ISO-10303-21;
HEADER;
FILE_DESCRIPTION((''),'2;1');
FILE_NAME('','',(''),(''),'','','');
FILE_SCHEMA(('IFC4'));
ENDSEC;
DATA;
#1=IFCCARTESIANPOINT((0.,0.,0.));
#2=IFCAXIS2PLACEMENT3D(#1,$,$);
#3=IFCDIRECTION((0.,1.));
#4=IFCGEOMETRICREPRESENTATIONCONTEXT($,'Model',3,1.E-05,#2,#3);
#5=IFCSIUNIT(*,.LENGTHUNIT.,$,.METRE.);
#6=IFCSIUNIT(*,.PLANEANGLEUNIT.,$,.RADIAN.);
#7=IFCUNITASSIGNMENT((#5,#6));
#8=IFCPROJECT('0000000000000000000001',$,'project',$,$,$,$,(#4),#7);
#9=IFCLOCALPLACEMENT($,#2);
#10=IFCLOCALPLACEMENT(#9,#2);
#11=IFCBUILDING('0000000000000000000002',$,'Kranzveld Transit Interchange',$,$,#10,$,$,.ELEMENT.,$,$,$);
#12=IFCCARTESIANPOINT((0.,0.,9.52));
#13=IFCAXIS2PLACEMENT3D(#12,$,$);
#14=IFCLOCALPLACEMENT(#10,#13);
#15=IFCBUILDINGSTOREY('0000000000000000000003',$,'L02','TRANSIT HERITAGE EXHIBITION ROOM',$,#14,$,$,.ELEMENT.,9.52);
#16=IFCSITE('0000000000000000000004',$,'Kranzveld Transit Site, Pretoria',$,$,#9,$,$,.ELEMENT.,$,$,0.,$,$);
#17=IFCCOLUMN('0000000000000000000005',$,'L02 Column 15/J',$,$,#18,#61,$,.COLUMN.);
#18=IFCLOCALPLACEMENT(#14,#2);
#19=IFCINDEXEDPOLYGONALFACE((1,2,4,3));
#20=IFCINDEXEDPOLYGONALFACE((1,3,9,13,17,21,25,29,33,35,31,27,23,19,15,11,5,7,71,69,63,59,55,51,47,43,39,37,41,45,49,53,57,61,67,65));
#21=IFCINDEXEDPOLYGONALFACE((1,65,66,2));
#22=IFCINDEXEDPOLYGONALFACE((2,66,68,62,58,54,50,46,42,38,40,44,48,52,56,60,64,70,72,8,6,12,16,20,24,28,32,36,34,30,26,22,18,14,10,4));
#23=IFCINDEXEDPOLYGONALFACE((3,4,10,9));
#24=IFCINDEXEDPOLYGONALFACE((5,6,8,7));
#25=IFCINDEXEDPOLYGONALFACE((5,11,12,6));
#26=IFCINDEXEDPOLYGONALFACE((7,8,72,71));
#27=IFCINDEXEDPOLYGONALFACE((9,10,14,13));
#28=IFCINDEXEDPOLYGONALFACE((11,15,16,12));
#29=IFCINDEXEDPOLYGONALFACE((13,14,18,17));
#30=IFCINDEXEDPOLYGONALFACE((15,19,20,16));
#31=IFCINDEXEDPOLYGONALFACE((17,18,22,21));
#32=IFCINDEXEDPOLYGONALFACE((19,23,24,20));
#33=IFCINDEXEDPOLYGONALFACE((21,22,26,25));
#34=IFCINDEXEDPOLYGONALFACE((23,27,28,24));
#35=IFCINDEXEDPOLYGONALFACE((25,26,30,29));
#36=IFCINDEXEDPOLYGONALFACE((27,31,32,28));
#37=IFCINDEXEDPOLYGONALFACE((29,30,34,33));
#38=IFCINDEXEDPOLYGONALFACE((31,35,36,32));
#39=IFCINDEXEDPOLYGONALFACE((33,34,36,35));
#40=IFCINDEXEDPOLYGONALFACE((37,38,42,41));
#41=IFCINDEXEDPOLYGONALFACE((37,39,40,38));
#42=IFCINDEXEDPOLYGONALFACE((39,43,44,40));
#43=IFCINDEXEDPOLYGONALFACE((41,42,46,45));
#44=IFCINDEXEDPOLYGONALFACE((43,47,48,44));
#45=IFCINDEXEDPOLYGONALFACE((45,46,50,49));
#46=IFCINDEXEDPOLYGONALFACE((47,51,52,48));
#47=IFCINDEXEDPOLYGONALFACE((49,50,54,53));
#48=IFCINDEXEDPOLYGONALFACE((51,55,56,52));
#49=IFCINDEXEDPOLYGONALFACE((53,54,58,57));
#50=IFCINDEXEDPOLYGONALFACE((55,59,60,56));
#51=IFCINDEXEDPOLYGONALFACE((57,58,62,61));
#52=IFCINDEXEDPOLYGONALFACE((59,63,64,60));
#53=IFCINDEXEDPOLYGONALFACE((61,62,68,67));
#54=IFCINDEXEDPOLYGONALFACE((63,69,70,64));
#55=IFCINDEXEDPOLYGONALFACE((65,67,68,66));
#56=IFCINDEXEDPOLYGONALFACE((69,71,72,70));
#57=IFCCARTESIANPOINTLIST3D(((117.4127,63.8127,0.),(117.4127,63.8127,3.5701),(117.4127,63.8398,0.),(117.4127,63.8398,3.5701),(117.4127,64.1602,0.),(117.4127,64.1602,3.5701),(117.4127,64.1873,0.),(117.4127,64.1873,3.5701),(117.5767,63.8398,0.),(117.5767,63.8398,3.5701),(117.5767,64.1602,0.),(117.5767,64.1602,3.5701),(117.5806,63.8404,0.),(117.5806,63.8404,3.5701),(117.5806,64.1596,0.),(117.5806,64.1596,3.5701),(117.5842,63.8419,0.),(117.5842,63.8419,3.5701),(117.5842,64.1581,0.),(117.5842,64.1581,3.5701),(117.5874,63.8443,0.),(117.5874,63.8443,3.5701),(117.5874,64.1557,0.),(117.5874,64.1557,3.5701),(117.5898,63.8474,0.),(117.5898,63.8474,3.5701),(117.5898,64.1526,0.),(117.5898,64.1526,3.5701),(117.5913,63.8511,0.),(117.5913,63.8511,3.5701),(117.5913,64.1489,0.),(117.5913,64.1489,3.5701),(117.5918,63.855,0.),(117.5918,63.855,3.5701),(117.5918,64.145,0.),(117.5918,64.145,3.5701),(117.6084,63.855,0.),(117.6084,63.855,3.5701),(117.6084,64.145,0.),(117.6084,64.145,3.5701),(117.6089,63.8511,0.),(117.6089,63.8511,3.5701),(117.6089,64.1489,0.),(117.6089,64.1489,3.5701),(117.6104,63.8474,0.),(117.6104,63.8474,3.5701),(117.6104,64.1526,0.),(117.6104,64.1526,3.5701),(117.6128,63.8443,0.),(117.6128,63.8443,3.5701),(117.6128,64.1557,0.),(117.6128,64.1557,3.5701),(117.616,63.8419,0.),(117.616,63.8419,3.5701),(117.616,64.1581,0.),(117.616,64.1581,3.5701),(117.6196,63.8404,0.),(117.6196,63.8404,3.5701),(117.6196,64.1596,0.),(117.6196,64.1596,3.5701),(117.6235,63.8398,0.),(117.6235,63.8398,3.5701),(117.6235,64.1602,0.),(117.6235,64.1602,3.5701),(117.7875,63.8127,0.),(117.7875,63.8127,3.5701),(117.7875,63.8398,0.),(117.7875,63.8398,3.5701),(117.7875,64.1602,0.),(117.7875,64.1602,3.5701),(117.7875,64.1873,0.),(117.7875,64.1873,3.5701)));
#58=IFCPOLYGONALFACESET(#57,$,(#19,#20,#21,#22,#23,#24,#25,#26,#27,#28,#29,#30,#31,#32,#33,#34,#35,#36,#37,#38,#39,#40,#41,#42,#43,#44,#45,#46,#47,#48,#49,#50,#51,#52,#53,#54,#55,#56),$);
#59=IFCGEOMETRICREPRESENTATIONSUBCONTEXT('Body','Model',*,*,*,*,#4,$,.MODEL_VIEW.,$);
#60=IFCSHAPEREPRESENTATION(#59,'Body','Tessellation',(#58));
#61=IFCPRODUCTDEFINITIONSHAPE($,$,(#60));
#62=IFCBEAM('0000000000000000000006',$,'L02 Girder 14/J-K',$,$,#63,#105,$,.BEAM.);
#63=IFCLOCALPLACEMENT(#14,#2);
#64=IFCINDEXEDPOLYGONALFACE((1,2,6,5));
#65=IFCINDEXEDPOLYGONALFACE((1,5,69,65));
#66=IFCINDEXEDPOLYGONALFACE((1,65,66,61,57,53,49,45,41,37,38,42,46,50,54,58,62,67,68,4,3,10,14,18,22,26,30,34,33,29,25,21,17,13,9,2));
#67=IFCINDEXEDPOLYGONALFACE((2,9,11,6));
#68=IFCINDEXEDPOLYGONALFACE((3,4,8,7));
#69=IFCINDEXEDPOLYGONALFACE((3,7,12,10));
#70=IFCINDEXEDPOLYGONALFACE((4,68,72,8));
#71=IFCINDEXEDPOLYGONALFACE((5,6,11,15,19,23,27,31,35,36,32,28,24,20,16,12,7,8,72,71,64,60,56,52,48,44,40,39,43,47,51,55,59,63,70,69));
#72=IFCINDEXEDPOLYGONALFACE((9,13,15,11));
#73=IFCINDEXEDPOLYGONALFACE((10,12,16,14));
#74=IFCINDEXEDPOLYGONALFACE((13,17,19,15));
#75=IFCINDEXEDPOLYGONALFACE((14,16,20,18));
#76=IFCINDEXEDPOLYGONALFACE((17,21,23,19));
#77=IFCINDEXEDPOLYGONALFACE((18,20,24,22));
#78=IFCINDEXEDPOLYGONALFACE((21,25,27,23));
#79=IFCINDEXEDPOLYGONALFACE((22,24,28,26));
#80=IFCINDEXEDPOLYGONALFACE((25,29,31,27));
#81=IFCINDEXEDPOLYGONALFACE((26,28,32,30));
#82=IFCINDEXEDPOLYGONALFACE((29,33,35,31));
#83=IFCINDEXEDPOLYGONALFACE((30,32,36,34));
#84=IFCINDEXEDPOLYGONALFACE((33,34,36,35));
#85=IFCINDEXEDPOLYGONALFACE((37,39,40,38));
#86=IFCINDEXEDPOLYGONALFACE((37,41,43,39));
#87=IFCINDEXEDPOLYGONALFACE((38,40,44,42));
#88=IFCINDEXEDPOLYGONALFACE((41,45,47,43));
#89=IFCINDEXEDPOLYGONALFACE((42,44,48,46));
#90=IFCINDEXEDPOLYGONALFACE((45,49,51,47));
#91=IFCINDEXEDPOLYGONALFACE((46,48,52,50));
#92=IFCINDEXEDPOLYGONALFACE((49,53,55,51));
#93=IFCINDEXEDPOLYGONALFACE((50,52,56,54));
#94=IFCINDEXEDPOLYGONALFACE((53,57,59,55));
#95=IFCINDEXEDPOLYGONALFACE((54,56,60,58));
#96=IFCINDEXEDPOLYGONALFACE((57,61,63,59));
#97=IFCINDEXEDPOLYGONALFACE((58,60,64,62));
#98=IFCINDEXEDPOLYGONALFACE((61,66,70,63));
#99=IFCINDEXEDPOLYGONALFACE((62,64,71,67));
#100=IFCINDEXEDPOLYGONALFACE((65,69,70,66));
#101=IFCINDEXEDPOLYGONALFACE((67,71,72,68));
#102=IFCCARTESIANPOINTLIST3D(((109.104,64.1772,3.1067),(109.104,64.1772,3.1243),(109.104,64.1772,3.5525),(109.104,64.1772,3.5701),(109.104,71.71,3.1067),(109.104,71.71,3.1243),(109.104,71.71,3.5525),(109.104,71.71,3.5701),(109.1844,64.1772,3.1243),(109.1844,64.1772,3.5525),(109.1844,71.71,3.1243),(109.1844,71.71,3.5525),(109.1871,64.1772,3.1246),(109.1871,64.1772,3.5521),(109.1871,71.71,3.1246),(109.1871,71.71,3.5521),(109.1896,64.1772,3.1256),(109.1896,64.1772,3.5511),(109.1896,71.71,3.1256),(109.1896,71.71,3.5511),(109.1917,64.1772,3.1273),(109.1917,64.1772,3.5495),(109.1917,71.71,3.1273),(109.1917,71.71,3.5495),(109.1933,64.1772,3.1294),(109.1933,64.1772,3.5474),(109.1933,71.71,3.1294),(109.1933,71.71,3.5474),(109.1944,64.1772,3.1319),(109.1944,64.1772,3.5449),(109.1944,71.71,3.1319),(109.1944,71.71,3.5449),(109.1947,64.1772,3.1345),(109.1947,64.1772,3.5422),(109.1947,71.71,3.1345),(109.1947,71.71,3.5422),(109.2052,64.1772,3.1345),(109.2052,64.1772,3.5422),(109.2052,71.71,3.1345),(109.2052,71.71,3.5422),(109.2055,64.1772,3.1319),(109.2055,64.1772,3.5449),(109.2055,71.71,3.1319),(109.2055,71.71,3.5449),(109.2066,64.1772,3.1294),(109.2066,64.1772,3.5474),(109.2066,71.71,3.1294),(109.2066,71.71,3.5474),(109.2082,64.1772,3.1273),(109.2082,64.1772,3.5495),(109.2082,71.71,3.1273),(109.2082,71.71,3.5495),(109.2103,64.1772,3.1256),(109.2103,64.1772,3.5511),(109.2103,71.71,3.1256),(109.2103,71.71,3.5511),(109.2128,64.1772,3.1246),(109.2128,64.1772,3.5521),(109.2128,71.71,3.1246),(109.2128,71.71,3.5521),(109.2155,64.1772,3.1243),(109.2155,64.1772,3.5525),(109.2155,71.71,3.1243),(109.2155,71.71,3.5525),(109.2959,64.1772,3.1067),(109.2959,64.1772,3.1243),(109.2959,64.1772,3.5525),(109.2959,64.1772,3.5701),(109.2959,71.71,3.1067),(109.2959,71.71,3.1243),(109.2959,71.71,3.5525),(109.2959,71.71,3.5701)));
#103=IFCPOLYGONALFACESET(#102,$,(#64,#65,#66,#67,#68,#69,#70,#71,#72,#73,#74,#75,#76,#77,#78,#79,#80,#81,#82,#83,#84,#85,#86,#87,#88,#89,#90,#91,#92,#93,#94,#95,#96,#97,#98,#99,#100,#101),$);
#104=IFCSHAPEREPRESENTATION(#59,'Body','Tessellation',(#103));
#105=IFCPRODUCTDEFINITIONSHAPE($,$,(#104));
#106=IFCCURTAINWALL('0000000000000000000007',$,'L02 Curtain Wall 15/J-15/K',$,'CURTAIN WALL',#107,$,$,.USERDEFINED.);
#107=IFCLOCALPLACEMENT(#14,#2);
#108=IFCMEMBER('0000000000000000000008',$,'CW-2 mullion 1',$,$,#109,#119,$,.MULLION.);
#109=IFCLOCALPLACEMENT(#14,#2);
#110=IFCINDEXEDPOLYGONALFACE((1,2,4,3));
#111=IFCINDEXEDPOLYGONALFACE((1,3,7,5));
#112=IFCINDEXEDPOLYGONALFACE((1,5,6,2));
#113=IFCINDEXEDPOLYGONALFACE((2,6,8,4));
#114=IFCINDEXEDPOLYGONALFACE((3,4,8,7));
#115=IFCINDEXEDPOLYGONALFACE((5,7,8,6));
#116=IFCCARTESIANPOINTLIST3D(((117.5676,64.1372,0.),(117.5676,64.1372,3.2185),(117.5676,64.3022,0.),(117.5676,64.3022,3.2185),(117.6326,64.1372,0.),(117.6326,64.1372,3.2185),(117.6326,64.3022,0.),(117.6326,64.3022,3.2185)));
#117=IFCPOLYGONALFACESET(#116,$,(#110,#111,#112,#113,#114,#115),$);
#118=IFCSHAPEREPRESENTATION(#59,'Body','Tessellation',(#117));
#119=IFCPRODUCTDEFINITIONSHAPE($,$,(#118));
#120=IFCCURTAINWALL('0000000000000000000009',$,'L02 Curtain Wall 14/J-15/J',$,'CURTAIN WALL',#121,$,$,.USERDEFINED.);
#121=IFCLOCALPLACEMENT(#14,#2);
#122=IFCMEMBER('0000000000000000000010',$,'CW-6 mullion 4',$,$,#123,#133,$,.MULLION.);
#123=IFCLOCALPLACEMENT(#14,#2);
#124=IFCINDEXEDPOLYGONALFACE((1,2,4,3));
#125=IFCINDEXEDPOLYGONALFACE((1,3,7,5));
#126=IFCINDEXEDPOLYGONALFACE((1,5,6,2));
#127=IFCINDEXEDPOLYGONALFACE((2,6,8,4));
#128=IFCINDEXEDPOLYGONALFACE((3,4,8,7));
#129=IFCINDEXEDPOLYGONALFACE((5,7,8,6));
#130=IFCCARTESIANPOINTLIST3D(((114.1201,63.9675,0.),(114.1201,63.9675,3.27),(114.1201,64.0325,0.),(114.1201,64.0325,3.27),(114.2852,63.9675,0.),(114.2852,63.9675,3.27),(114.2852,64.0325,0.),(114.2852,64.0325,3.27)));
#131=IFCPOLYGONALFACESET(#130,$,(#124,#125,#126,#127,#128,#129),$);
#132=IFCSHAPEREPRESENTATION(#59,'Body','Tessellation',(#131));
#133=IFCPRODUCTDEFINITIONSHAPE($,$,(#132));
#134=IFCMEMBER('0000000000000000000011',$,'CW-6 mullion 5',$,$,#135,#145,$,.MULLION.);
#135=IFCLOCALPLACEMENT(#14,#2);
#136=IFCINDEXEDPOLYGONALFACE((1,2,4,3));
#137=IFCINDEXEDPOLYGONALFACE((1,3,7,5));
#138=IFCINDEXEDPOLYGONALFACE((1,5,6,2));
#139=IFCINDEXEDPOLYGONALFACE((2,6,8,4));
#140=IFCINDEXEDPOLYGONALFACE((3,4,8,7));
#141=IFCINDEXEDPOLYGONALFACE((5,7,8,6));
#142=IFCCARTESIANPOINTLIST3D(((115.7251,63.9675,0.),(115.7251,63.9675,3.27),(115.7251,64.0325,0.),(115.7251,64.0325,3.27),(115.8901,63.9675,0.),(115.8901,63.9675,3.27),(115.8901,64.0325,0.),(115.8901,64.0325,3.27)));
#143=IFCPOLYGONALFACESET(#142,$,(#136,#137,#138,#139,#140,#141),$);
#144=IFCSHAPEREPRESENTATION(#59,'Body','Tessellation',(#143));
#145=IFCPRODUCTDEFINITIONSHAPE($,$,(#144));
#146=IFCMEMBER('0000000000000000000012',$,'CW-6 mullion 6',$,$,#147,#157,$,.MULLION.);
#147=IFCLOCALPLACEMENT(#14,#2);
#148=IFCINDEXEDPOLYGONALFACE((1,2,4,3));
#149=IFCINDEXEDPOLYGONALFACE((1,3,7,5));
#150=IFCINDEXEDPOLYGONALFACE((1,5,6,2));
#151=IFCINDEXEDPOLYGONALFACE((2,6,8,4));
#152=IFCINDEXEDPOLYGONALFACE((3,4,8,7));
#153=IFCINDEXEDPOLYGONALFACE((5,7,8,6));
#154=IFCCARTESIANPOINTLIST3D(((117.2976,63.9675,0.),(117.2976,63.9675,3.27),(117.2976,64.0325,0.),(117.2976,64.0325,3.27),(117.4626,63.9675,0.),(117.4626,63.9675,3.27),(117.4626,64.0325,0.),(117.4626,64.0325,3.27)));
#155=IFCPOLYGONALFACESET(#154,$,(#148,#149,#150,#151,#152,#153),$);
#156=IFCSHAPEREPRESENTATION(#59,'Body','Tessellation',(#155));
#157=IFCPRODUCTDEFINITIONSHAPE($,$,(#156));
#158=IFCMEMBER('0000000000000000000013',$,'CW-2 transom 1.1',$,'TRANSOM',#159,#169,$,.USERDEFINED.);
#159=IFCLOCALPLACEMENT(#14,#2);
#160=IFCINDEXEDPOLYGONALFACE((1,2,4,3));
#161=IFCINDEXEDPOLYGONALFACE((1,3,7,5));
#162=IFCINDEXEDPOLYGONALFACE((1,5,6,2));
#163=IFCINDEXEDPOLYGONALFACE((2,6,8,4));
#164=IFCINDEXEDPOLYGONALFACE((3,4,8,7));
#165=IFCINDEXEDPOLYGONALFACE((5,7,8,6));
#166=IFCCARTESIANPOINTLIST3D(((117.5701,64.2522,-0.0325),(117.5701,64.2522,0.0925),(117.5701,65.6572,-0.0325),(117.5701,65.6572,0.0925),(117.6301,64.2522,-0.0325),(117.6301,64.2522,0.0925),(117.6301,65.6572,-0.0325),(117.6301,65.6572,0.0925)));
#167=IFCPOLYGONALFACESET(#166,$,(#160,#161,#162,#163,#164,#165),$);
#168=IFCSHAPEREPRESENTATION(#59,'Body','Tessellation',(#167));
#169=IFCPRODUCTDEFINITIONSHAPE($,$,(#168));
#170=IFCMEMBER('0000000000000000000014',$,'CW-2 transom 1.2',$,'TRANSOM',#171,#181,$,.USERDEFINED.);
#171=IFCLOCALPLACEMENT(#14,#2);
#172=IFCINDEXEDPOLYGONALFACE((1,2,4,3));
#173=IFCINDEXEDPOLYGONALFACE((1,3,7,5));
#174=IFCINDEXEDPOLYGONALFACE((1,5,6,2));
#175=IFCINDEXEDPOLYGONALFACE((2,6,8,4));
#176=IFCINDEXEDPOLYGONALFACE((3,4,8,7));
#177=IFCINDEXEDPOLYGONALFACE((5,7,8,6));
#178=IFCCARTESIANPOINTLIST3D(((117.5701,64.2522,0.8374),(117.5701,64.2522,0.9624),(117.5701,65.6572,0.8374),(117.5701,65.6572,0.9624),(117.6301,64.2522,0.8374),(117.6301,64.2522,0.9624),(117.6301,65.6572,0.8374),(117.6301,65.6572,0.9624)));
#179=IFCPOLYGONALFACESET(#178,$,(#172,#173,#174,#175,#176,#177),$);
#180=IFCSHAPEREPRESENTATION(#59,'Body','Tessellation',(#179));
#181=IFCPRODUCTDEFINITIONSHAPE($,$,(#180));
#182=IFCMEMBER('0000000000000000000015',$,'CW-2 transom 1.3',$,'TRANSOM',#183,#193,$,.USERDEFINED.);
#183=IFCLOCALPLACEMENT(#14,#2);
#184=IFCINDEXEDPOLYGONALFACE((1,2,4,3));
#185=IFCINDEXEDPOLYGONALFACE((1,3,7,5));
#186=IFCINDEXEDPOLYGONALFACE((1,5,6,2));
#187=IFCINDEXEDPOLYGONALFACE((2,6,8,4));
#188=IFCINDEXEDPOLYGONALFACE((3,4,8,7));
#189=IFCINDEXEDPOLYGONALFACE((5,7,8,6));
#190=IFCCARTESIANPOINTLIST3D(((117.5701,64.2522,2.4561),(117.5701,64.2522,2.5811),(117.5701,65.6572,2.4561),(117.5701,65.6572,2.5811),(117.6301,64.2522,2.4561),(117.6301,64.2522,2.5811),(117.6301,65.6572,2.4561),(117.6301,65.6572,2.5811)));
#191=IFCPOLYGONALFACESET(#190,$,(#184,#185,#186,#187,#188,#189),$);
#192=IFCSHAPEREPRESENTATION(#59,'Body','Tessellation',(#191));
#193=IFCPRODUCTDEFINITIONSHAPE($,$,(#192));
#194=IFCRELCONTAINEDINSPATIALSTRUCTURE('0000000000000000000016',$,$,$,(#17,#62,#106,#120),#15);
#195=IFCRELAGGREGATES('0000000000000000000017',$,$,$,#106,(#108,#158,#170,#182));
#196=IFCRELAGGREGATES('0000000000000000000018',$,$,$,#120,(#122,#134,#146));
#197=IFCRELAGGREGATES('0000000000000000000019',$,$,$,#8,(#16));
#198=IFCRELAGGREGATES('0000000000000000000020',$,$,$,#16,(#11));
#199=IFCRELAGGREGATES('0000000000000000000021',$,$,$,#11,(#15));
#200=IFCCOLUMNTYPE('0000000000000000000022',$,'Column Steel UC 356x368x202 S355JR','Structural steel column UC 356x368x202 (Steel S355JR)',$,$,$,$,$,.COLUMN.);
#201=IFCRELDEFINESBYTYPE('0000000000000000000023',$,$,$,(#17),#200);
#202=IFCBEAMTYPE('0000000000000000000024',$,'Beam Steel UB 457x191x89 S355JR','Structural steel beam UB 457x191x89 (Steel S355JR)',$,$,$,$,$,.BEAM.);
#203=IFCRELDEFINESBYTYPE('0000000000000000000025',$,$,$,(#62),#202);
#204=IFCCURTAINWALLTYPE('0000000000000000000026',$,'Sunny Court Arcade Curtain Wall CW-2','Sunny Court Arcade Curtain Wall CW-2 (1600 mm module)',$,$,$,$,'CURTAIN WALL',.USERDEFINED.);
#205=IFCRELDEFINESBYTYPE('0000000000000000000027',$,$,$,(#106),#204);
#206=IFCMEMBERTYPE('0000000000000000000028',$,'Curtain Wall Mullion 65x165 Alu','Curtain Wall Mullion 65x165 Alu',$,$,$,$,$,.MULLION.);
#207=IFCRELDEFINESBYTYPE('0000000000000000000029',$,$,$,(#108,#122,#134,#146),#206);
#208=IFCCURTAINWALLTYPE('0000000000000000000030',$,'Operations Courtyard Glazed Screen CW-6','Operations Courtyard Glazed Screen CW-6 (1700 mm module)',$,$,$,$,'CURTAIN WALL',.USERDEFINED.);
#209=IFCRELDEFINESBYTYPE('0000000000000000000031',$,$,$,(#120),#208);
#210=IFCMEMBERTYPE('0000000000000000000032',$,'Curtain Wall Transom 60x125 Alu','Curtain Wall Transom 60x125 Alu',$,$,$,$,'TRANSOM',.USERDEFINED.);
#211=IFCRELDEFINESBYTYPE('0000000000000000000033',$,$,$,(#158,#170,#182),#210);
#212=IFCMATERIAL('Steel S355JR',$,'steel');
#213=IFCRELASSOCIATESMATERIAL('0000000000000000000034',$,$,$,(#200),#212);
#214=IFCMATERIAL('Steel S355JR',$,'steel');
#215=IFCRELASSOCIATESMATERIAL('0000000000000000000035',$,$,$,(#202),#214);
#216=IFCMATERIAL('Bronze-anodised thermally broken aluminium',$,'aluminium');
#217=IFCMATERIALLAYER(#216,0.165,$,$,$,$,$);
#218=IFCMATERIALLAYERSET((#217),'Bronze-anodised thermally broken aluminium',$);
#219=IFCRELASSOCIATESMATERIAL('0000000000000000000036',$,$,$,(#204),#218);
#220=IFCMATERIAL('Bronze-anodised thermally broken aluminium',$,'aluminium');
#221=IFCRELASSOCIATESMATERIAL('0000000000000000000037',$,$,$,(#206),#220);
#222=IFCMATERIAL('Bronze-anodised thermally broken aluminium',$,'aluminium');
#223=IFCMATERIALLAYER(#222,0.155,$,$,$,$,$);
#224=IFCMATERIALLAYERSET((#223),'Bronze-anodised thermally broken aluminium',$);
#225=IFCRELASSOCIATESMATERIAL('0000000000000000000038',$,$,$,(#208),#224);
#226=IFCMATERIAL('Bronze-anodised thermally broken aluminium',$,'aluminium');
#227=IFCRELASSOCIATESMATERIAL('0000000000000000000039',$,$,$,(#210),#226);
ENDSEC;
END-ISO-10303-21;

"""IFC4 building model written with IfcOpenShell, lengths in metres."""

from ifc_helpers import new_model, si_unit, direction, frame, origin, origin_2d, place, context, subcontext, project, spatial, rectangle, i_section, extrude, material, layer, layer_set, material_profile, profile_set, type_object, element, aggregate, save


model = new_model("IFC4")

# Units and contexts
model_context = context("Model", 3, precision=1e-05, world=origin(), true_north=direction((0.0, 1.0)))
body_context = subcontext(model_context, "Body", "Model", "MODEL_VIEW")
ifc_project = project(units=[si_unit("LENGTHUNIT", "METRE"), si_unit("PLANEANGLEUNIT", "RADIAN")], contexts=[model_context])

# Site, building, storey
site_placement = place(None, origin())
site = spatial("IfcSite", under=ifc_project, at=site_placement, Name="Kranzveld Transit Site, Pretoria", CompositionType="ELEMENT", RefElevation=0.0)
building_placement = place(site_placement, origin())
building = spatial("IfcBuilding", under=site, at=building_placement, Name="Kranzveld Transit Interchange", CompositionType="ELEMENT")
storey_placement = place(building_placement, frame((0.0, 0.0, 9.52)))
storey = spatial("IfcBuildingStorey", under=building, at=storey_placement, Name="L02", Description="TRANSIT HERITAGE EXHIBITION ROOM", CompositionType="ELEMENT", Elevation=9.52)

# Column
ifc_material_1 = material(Name="Steel S355JR", Category="steel")
ifc_material_profile_1 = material_profile(ifc_material_1, i_section(OverallWidth=0.3748, OverallDepth=0.3745, WebThickness=0.0166, FlangeThickness=0.0271, FilletRadius=0.0151, at=origin_2d()), Name="UC 356x368x202")
ifc_profile_set_1 = profile_set([ifc_material_profile_1], Name="Steel S355JR")
column_type = type_object("IfcColumnType", Name="Column Steel UC 356x368x202 S355JR", Description="Structural steel column UC 356x368x202 (Steel S355JR)", PredefinedType="COLUMN", material=ifc_profile_set_1)
column_placement = place(storey_placement, frame((117.6001, 64.0, 0.0), z_axis=(0.0, 0.0, 1.0), x_axis=(1.0, 0.0, 0.0)))
element("IfcColumn", 1, at=column_placement, inside=storey, type_object=column_type, Name="L02 Column 15/J", PredefinedType="COLUMN", context=body_context, shape_type="SweptSolid", body=[
    extrude(i_section(OverallWidth=0.3748, OverallDepth=0.3745, WebThickness=0.0166, FlangeThickness=0.0271, FilletRadius=0.0151, at=origin_2d()), origin(), (0.0, 0.0, 1.0), 3.5701),
])

# Beam
ifc_material_2 = material(Name="Steel S355JR", Category="steel")
ifc_material_profile_2 = material_profile(ifc_material_2, i_section(OverallWidth=0.1919, OverallDepth=0.4634, WebThickness=0.0105, FlangeThickness=0.0176, FilletRadius=0.0103, at=origin_2d()), Name="UB 457x191x89")
ifc_profile_set_2 = profile_set([ifc_material_profile_2], Name="Steel S355JR")
beam_type_1 = type_object("IfcBeamType", Name="Beam Steel UB 457x191x89 S355JR", Description="Structural steel beam UB 457x191x89 (Steel S355JR)", PredefinedType="BEAM", material=ifc_profile_set_2)
beam_1_placement = place(storey_placement, frame((109.2, 64.1772, 3.3384), z_axis=(0.0, 1.0, 0.0), x_axis=(-1.0, 0.0, 0.0)))
element("IfcBeam", 2, at=beam_1_placement, inside=storey, type_object=beam_type_1, Name="L02 Girder 14/J-K", PredefinedType="BEAM", context=body_context, shape_type="SweptSolid", body=[
    extrude(i_section(OverallWidth=0.1919, OverallDepth=0.4634, WebThickness=0.0105, FlangeThickness=0.0176, FilletRadius=0.0103, at=origin_2d()), origin(), (0.0, 0.0, 1.0), 7.5327),
])

# Curtain wall, member
ifc_material_3 = material(Name="Bronze-anodised thermally broken aluminium", Category="aluminium")
ifc_layer_1 = layer(ifc_material_3, 0.165)
ifc_layer_set_1 = layer_set([ifc_layer_1], Name="Bronze-anodised thermally broken aluminium")
curtain_wall_type_1 = type_object("IfcCurtainWallType", Name="Sunny Court Arcade Curtain Wall CW-2", Description="Sunny Court Arcade Curtain Wall CW-2 (1600 mm module)", ElementType="CURTAIN WALL", PredefinedType="USERDEFINED", material=ifc_layer_set_1)
curtain_wall_1_placement = place(storey_placement, origin())
curtain_wall_1 = element("IfcCurtainWall", 3, at=curtain_wall_1_placement, inside=storey, type_object=curtain_wall_type_1, Name="L02 Curtain Wall 15/J-15/K", ObjectType="CURTAIN WALL", PredefinedType="USERDEFINED")
ifc_material_4 = material(Name="Bronze-anodised thermally broken aluminium", Category="aluminium")
ifc_material_profile_3 = material_profile(ifc_material_4, rectangle(XDim=0.0649, YDim=0.165, at=origin_2d()), Name="ALU MULLION 65x165")
ifc_profile_set_3 = profile_set([ifc_material_profile_3], Name="Bronze-anodised thermally broken aluminium")
member_type_1 = type_object("IfcMemberType", Name="Curtain Wall Mullion 65x165 Alu", Description="Curtain Wall Mullion 65x165 Alu", PredefinedType="MULLION", material=ifc_profile_set_3)
member_1_placement = place(storey_placement, frame((117.6001, 64.2197, 0.0), z_axis=(0.0, 0.0, 1.0), x_axis=(-1.0, 0.0, 0.0)))
member_1 = element("IfcMember", 4, at=member_1_placement, type_object=member_type_1, Name="CW-2 mullion 1", PredefinedType="MULLION", context=body_context, shape_type="SweptSolid", body=[
    extrude(rectangle(XDim=0.0649, YDim=0.165, at=origin_2d()), origin(), (0.0, 0.0, 1.0), 3.2185),
])

# Curtain wall, members
ifc_material_5 = material(Name="Bronze-anodised thermally broken aluminium", Category="aluminium")
ifc_layer_2 = layer(ifc_material_5, 0.155)
ifc_layer_set_2 = layer_set([ifc_layer_2], Name="Bronze-anodised thermally broken aluminium")
curtain_wall_type_2 = type_object("IfcCurtainWallType", Name="Operations Courtyard Glazed Screen CW-6", Description="Operations Courtyard Glazed Screen CW-6 (1700 mm module)", ElementType="CURTAIN WALL", PredefinedType="USERDEFINED", material=ifc_layer_set_2)
curtain_wall_2_placement = place(storey_placement, origin())
curtain_wall_2 = element("IfcCurtainWall", 5, at=curtain_wall_2_placement, inside=storey, type_object=curtain_wall_type_2, Name="L02 Curtain Wall 14/J-15/J", ObjectType="CURTAIN WALL", PredefinedType="USERDEFINED")
member_2_placement = place(storey_placement, frame((114.2026, 64.0, 0.0), z_axis=(0.0, 0.0, 1.0), x_axis=(0.0, 1.0, 0.0)))
member_2 = element("IfcMember", 6, at=member_2_placement, type_object=member_type_1, Name="CW-6 mullion 4", PredefinedType="MULLION", context=body_context, shape_type="SweptSolid", body=[
    extrude(rectangle(XDim=0.0649, YDim=0.165, at=origin_2d()), origin(), (0.0, 0.0, 1.0), 3.27),
])
member_3_placement = place(storey_placement, frame((115.8076, 64.0, 0.0), z_axis=(0.0, 0.0, 1.0), x_axis=(0.0, 1.0, 0.0)))
member_3 = element("IfcMember", 7, at=member_3_placement, type_object=member_type_1, Name="CW-6 mullion 5", PredefinedType="MULLION", context=body_context, shape_type="SweptSolid", body=[
    extrude(rectangle(XDim=0.0649, YDim=0.165, at=origin_2d()), origin(), (0.0, 0.0, 1.0), 3.27),
])
member_4_placement = place(storey_placement, frame((117.3801, 64.0, 0.0), z_axis=(0.0, 0.0, 1.0), x_axis=(0.0, 1.0, 0.0)))
member_4 = element("IfcMember", 8, at=member_4_placement, type_object=member_type_1, Name="CW-6 mullion 6", PredefinedType="MULLION", context=body_context, shape_type="SweptSolid", body=[
    extrude(rectangle(XDim=0.0649, YDim=0.165, at=origin_2d()), origin(), (0.0, 0.0, 1.0), 3.27),
])

# Members
ifc_material_6 = material(Name="Bronze-anodised thermally broken aluminium", Category="aluminium")
ifc_material_profile_4 = material_profile(ifc_material_6, rectangle(XDim=0.0601, YDim=0.125, at=origin_2d()), Name="ALU TRANSOM 60x125")
ifc_profile_set_4 = profile_set([ifc_material_profile_4], Name="Bronze-anodised thermally broken aluminium")
member_type_2 = type_object("IfcMemberType", Name="Curtain Wall Transom 60x125 Alu", Description="Curtain Wall Transom 60x125 Alu", ElementType="TRANSOM", PredefinedType="USERDEFINED", material=ifc_profile_set_4)
member_5_placement = place(storey_placement, frame((117.6001, 64.2522, 0.03), z_axis=(0.0, 1.0, 0.0), x_axis=(-1.0, 0.0, 0.0)))
member_5 = element("IfcMember", 9, at=member_5_placement, type_object=member_type_2, Name="CW-2 transom 1.1", ObjectType="TRANSOM", PredefinedType="USERDEFINED", context=body_context, shape_type="SweptSolid", body=[
    extrude(rectangle(XDim=0.0601, YDim=0.125, at=origin_2d()), origin(), (0.0, 0.0, 1.0), 1.405),
])
member_6_placement = place(storey_placement, frame((117.6001, 64.2522, 0.8999), z_axis=(0.0, 1.0, 0.0), x_axis=(-1.0, 0.0, 0.0)))
member_6 = element("IfcMember", 10, at=member_6_placement, type_object=member_type_2, Name="CW-2 transom 1.2", ObjectType="TRANSOM", PredefinedType="USERDEFINED", context=body_context, shape_type="SweptSolid", body=[
    extrude(rectangle(XDim=0.0601, YDim=0.125, at=origin_2d()), origin(), (0.0, 0.0, 1.0), 1.405),
])
member_7_placement = place(storey_placement, frame((117.6001, 64.2522, 2.5186), z_axis=(0.0, 1.0, 0.0), x_axis=(-1.0, 0.0, 0.0)))
member_7 = element("IfcMember", 11, at=member_7_placement, type_object=member_type_2, Name="CW-2 transom 1.3", ObjectType="TRANSOM", PredefinedType="USERDEFINED", context=body_context, shape_type="SweptSolid", body=[
    extrude(rectangle(XDim=0.0601, YDim=0.125, at=origin_2d()), origin(), (0.0, 0.0, 1.0), 1.405),
])

aggregate(curtain_wall_1, [member_1, member_5, member_6, member_7])
aggregate(curtain_wall_2, [member_2, member_3, member_4])

save(model, "model.ifc")
